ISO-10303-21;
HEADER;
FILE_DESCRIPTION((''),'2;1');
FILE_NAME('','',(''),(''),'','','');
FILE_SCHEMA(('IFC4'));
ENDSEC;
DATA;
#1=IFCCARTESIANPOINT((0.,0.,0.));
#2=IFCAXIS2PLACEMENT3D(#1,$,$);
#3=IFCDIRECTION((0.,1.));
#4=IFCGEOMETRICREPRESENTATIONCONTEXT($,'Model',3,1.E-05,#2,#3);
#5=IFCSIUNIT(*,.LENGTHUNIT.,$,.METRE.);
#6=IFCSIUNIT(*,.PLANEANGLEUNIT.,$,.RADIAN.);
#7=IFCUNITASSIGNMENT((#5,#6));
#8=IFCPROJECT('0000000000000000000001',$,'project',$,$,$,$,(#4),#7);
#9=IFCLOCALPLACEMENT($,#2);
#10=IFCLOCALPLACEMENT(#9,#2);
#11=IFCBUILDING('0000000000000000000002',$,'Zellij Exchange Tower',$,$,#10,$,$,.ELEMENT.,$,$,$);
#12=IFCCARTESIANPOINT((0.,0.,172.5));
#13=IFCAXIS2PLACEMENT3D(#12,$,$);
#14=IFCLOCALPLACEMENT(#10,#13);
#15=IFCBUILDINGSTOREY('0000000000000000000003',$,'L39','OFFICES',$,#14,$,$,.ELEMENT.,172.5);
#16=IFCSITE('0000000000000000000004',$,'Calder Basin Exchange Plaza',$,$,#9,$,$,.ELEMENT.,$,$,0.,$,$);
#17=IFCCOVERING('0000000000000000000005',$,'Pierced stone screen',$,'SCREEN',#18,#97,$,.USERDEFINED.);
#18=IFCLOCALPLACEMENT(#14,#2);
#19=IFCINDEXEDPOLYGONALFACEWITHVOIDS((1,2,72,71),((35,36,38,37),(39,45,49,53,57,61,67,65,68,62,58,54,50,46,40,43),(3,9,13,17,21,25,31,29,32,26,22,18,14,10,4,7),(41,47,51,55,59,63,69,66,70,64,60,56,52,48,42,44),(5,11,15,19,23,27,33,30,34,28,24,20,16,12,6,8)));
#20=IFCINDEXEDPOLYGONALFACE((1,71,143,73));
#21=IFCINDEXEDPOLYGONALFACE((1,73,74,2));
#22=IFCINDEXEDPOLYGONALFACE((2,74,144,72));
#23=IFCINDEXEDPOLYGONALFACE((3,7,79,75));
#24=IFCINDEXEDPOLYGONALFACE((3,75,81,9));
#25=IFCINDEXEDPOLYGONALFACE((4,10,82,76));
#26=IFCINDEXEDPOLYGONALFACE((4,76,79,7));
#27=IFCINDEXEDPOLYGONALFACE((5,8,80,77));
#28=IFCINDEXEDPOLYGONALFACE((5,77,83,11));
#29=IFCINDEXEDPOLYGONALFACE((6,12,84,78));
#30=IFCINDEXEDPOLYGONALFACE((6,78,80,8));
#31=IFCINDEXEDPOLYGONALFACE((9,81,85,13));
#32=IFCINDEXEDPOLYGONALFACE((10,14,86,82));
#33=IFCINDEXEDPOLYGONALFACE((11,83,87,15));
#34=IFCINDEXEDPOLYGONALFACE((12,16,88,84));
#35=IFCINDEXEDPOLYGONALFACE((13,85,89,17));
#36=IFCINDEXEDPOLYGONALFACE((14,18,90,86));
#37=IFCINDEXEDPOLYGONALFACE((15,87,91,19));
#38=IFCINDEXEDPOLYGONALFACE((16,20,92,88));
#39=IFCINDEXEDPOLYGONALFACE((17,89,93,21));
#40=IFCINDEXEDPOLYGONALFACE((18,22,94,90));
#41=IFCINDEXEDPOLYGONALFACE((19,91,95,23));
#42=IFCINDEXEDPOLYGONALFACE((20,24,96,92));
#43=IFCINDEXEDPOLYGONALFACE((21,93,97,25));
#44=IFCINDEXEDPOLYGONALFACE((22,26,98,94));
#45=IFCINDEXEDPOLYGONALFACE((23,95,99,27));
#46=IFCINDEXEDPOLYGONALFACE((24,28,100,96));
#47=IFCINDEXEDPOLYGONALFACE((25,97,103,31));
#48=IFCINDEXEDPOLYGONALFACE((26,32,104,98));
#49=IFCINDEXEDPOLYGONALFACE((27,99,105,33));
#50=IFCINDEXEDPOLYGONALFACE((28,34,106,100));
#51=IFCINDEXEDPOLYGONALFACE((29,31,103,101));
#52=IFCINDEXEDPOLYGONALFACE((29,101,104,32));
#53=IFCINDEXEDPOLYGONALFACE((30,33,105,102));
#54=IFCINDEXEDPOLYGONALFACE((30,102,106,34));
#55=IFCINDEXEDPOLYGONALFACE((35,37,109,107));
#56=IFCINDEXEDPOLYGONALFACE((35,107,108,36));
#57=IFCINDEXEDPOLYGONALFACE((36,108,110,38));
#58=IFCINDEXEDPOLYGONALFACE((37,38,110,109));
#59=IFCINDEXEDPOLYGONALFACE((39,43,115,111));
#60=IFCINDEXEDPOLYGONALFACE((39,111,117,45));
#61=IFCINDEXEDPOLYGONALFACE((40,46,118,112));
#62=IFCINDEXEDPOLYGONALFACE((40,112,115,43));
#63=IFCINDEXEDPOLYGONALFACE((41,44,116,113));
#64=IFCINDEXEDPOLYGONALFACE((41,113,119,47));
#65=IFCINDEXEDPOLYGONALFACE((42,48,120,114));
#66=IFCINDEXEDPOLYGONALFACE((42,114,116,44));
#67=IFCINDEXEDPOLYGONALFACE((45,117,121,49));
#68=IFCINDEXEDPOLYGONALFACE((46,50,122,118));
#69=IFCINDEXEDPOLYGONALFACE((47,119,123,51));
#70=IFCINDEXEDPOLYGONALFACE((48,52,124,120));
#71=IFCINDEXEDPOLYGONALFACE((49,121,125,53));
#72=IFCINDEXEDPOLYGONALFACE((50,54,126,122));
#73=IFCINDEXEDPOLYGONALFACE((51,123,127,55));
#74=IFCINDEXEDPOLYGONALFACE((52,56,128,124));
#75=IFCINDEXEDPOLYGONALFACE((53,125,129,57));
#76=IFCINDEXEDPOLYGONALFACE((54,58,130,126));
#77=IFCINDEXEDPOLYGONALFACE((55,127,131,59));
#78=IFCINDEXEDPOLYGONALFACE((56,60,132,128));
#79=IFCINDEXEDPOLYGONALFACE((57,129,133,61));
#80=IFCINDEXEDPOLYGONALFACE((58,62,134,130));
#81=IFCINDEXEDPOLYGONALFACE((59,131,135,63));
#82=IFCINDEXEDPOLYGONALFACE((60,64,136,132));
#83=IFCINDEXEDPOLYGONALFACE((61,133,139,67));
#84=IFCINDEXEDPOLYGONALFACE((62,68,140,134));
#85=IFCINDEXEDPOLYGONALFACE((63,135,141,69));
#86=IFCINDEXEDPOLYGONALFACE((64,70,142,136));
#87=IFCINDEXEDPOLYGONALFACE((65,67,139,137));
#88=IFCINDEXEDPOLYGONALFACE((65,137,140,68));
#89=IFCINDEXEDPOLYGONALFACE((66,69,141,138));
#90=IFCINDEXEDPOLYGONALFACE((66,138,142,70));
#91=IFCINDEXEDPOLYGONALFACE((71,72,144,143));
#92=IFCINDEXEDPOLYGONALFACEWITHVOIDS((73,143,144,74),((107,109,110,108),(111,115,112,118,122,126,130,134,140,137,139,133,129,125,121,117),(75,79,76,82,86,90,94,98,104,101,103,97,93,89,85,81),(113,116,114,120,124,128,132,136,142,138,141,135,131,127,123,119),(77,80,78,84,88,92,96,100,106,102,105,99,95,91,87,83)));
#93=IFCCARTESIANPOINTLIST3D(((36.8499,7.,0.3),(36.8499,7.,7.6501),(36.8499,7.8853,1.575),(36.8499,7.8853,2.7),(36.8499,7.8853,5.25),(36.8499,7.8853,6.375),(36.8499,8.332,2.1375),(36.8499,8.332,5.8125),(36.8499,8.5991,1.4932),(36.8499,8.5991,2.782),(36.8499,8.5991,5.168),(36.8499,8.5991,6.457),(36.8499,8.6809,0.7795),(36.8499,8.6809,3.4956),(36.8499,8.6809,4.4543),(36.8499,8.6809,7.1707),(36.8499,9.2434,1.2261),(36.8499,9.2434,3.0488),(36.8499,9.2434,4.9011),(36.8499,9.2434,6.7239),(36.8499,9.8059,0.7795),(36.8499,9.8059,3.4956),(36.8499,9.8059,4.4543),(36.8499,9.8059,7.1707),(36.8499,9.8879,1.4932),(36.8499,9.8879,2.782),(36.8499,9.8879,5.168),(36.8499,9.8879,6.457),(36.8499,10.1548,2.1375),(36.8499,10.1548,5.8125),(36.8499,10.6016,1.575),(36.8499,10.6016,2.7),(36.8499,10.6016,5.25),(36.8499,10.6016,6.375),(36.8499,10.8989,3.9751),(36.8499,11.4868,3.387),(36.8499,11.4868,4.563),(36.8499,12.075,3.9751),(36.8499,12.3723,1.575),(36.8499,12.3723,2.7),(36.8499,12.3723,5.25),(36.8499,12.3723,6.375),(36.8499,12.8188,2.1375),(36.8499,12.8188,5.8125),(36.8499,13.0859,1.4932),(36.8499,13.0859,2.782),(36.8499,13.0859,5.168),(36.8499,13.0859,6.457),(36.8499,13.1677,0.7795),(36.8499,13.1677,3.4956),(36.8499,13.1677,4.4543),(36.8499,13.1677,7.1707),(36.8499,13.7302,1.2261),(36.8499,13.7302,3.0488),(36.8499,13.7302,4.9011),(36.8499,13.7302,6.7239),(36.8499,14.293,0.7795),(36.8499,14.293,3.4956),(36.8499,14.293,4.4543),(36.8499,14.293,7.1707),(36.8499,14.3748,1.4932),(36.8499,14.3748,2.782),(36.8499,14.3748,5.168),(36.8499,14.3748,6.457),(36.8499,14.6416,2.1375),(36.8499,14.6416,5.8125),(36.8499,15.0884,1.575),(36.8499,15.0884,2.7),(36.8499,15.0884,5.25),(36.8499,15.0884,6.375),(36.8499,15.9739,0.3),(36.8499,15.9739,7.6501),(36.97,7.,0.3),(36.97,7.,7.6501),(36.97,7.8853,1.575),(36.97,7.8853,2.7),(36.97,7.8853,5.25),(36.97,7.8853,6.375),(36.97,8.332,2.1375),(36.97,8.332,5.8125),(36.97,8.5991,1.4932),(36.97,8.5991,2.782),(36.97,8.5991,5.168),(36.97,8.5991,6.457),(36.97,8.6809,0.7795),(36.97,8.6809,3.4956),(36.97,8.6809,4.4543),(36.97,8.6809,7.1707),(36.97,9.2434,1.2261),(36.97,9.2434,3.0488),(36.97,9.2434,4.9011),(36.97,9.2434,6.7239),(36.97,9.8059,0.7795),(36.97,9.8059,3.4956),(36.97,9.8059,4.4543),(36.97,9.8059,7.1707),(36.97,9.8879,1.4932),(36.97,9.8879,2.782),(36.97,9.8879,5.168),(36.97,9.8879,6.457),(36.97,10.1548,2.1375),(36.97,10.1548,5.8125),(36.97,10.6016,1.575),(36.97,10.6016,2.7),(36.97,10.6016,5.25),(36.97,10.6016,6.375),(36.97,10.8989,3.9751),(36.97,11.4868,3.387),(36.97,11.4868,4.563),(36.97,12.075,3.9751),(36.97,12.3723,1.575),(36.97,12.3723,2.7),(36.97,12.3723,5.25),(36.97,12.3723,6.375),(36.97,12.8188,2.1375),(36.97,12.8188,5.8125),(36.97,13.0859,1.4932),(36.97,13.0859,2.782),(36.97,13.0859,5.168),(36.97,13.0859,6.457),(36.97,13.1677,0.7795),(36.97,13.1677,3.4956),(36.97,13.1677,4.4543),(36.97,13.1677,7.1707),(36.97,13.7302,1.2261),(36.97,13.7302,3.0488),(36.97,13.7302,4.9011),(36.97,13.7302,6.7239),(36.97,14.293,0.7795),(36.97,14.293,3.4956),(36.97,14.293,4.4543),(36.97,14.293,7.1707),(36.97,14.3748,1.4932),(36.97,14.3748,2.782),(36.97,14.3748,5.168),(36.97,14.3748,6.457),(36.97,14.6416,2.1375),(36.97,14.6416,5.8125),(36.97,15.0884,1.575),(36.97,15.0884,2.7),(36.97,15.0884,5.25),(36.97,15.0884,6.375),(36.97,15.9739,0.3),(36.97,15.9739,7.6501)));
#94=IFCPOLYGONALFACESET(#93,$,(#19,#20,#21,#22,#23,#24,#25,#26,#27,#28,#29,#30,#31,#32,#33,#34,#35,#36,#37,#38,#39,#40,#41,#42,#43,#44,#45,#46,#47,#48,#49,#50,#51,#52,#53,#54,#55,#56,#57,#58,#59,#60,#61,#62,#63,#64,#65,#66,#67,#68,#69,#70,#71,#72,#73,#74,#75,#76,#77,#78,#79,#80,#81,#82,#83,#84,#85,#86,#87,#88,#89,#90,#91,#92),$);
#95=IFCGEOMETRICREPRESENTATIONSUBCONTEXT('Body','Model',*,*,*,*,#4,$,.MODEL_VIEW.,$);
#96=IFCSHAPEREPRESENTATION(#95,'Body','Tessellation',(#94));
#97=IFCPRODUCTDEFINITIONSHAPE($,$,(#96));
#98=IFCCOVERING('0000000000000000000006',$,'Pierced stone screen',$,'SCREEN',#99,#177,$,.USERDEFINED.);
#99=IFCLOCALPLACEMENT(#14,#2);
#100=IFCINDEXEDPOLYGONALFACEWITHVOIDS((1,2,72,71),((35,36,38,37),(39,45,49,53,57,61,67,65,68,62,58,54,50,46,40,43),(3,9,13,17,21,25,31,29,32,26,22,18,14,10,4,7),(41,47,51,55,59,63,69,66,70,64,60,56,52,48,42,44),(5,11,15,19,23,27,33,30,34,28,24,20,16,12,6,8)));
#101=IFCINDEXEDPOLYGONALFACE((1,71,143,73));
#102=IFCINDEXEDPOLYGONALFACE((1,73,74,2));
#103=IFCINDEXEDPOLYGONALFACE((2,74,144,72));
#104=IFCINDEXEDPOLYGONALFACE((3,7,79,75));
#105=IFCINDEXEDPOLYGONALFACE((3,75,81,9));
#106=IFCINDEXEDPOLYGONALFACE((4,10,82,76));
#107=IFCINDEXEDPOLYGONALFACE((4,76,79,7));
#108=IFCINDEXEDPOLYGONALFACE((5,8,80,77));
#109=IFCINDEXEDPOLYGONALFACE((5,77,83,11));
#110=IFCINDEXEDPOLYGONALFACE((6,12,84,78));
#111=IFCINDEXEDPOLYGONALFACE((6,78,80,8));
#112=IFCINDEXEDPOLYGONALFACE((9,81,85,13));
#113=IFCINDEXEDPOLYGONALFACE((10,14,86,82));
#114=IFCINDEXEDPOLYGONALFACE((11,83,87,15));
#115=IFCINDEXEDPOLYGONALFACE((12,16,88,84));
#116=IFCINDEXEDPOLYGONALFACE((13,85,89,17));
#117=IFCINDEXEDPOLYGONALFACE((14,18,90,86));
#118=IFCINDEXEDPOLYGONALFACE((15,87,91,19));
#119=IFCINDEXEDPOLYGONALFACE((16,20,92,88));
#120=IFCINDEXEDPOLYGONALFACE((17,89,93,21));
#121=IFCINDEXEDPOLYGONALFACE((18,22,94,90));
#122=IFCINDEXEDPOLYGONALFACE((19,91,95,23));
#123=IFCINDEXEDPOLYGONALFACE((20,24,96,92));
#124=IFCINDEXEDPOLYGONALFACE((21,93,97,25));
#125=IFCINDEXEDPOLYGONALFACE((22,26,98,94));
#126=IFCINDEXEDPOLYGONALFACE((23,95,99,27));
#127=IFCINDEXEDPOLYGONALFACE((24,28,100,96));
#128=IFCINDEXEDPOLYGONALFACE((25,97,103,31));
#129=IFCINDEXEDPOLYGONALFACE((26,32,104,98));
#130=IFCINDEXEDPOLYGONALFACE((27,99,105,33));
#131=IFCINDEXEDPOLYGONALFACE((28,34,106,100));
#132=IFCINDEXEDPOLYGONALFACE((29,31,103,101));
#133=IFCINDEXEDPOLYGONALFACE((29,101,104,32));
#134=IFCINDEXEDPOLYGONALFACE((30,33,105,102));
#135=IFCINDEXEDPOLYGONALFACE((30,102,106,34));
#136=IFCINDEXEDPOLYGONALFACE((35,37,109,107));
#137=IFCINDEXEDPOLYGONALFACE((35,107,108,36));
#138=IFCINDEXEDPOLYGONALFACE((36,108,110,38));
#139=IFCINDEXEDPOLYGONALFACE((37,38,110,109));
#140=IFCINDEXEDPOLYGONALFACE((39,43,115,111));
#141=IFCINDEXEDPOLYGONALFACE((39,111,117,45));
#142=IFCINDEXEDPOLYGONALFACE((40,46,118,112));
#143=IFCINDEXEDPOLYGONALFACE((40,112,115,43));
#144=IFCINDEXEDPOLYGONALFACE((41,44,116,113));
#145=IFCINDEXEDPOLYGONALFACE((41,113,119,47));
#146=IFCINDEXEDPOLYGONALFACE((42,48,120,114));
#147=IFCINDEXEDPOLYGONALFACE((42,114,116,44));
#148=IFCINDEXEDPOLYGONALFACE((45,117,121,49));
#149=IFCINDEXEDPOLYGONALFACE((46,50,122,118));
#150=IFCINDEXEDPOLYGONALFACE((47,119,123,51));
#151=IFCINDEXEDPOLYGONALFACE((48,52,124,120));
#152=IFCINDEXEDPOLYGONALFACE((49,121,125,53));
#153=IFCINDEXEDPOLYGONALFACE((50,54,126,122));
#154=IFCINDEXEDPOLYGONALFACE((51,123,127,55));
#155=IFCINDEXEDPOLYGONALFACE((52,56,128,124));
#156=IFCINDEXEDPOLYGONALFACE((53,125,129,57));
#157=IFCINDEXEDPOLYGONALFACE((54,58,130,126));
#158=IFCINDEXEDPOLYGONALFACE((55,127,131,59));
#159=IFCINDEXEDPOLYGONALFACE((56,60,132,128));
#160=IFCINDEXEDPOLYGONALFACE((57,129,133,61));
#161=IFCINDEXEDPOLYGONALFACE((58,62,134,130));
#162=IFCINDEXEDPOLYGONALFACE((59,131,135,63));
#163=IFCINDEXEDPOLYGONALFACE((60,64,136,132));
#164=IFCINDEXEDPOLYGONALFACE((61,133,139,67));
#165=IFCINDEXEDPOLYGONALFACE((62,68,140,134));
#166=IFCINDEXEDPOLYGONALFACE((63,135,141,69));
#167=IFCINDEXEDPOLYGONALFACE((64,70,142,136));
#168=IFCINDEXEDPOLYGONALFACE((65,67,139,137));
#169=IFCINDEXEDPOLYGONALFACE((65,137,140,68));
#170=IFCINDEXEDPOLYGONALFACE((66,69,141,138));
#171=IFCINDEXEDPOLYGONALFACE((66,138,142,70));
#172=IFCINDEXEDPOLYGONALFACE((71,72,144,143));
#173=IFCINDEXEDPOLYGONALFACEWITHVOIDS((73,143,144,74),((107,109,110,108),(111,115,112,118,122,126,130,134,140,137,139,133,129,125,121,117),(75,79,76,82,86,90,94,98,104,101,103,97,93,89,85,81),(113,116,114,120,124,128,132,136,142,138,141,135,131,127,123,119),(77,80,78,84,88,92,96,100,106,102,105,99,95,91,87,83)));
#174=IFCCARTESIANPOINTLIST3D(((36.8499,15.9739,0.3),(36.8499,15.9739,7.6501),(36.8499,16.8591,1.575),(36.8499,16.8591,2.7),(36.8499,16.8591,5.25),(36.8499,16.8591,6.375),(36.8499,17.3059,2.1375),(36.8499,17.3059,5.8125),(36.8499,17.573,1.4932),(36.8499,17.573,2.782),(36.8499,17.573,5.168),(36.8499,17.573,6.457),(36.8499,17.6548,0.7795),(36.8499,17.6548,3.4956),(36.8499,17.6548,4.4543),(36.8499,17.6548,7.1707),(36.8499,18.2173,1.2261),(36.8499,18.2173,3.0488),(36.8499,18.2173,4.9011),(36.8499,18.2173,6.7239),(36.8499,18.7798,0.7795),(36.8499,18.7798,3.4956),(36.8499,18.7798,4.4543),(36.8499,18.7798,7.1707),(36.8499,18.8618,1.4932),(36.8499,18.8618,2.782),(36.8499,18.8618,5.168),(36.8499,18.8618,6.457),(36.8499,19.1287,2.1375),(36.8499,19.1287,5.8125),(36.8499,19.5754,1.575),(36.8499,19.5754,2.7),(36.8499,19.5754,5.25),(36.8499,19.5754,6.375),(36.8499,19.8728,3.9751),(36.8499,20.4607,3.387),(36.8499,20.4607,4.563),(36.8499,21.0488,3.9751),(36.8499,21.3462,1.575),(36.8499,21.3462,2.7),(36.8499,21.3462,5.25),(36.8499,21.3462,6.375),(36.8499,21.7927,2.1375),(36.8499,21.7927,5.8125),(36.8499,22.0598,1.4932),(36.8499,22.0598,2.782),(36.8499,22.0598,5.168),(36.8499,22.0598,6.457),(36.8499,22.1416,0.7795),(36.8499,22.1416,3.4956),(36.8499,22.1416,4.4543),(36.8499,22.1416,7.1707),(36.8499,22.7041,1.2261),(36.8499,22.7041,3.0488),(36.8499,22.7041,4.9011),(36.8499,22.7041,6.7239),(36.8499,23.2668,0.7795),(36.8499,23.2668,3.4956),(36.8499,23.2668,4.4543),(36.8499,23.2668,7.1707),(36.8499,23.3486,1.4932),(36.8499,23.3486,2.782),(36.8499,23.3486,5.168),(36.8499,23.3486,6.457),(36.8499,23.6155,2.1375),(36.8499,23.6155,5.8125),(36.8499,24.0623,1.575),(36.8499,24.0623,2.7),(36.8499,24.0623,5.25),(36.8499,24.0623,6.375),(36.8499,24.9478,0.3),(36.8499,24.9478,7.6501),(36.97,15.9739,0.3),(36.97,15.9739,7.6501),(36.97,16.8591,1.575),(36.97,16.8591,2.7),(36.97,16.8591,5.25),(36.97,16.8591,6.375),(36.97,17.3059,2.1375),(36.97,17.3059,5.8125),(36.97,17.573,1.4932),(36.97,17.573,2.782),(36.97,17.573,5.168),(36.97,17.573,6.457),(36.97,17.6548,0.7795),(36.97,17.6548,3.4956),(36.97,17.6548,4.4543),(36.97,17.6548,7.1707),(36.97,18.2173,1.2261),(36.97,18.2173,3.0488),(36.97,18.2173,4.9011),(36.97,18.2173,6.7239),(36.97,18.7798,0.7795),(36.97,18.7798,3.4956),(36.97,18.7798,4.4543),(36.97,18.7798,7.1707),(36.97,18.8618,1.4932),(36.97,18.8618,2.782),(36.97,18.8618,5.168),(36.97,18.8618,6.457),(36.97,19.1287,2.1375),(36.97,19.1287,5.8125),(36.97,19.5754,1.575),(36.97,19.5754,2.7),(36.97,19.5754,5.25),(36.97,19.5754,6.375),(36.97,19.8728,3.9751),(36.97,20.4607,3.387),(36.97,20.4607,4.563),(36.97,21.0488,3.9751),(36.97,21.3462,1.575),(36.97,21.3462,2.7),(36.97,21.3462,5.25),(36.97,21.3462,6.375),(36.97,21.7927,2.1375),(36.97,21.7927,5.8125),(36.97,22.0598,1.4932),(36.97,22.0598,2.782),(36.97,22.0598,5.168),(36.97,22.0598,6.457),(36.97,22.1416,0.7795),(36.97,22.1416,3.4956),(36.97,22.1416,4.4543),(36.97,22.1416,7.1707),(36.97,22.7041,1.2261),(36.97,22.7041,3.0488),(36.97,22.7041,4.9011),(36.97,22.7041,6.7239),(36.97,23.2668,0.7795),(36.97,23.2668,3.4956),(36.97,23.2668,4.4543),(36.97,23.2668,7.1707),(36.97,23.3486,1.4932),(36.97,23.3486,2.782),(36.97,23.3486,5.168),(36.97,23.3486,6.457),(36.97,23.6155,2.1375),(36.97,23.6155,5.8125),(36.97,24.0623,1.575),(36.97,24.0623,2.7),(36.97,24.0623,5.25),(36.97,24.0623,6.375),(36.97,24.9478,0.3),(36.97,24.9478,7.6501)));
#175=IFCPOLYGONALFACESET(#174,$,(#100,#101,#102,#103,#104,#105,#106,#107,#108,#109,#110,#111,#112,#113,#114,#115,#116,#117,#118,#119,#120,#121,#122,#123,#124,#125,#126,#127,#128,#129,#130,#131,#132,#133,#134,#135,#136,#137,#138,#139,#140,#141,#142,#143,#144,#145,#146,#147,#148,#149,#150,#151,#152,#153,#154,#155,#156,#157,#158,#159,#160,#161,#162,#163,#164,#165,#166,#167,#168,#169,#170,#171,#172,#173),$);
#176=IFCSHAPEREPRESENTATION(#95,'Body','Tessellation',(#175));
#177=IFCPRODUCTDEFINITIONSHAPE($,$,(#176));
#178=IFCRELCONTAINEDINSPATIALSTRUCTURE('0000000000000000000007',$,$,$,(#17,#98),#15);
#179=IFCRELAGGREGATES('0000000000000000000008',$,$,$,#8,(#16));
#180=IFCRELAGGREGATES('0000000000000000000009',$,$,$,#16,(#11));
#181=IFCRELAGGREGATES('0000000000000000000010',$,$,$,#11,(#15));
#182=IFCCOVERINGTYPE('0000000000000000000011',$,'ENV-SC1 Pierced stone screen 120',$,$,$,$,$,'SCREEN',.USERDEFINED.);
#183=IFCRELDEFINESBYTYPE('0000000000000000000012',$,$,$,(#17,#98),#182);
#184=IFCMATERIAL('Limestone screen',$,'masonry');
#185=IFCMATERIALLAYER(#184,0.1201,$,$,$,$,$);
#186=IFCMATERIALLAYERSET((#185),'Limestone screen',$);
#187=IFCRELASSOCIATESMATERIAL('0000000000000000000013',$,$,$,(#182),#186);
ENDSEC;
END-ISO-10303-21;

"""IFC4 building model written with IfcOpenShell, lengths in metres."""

from ifc_helpers import new_model, si_unit, direction, frame, origin, place, context, subcontext, project, spatial, polyline, outline, extrude, material, layer, layer_set, type_object, element, save


model = new_model("IFC4")

# Units and contexts
model_context = context("Model", 3, precision=1e-05, world=origin(), true_north=direction((0.0, 1.0)))
body_context = subcontext(model_context, "Body", "Model", "MODEL_VIEW")
ifc_project = project(units=[si_unit("LENGTHUNIT", "METRE"), si_unit("PLANEANGLEUNIT", "RADIAN")], contexts=[model_context])

# Site, building, storey
site_placement = place(None, origin())
site = spatial("IfcSite", under=ifc_project, at=site_placement, Name="Calder Basin Exchange Plaza", CompositionType="ELEMENT", RefElevation=0.0)
building_placement = place(site_placement, origin())
building = spatial("IfcBuilding", under=site, at=building_placement, Name="Zellij Exchange Tower", CompositionType="ELEMENT")
storey_placement = place(building_placement, frame((0.0, 0.0, 172.5)))
storey = spatial("IfcBuildingStorey", under=building, at=storey_placement, Name="L39", Description="OFFICES", CompositionType="ELEMENT", Elevation=172.5)

# Coverings
ifc_material_1 = material(Name="Limestone screen", Category="masonry")
ifc_layer_1 = layer(ifc_material_1, 0.1201)
ifc_layer_set_1 = layer_set([ifc_layer_1], Name="Limestone screen")
covering_type = type_object("IfcCoveringType", Name="ENV-SC1 Pierced stone screen 120", ElementType="SCREEN", PredefinedType="USERDEFINED", material=ifc_layer_set_1)
covering_1_placement = place(storey_placement, frame((36.9099, 7.0, 0.3), z_axis=(0.0, 0.0, 1.0), x_axis=(0.0, 1.0, 0.0)))
element("IfcCovering", 1, at=covering_1_placement, inside=storey, type_object=covering_type, Name="Pierced stone screen", ObjectType="SCREEN", PredefinedType="USERDEFINED", context=body_context, shape_type="SweptSolid", body=[
    extrude(outline(polyline([(0.0, 0.0), (8.9739, 0.0), (8.9739, 7.3501), (0.0, 7.3501), (0.0, 0.0)]), holes=[polyline([(3.6016, 2.3999), (2.8879, 2.4819), (2.8059, 3.1956), (2.2434, 2.7488), (1.6809, 3.1956), (1.5991, 2.4819), (0.8853, 2.3999), (1.332, 1.8374), (0.8853, 1.2749), (1.5991, 1.1931), (1.6809, 0.4795), (2.2434, 0.926), (2.8059, 0.4795), (2.8879, 1.1931), (3.6016, 1.2749), (3.1548, 1.8374), (3.6016, 2.3999)]), polyline([(3.6016, 6.075), (2.8879, 6.157), (2.8059, 6.8706), (2.2434, 6.4238), (1.6809, 6.8706), (1.5991, 6.157), (0.8853, 6.075), (1.332, 5.5125), (0.8853, 4.95), (1.5991, 4.8679), (1.6809, 4.1543), (2.2434, 4.6011), (2.8059, 4.1543), (2.8879, 4.8679), (3.6016, 4.95), (3.1548, 5.5125), (3.6016, 6.075)]), polyline([(8.0884, 2.3999), (7.3748, 2.4819), (7.293, 3.1956), (6.7302, 2.7488), (6.1677, 3.1956), (6.0859, 2.4819), (5.3723, 2.3999), (5.8188, 1.8374), (5.3723, 1.2749), (6.0859, 1.1931), (6.1677, 0.4795), (6.7302, 0.926), (7.293, 0.4795), (7.3748, 1.1931), (8.0884, 1.2749), (7.6416, 1.8374), (8.0884, 2.3999)]), polyline([(8.0884, 6.075), (7.3748, 6.157), (7.293, 6.8706), (6.7302, 6.4238), (6.1677, 6.8706), (6.0859, 6.157), (5.3723, 6.075), (5.8188, 5.5125), (5.3723, 4.95), (6.0859, 4.8679), (6.1677, 4.1543), (6.7302, 4.6011), (7.293, 4.1543), (7.3748, 4.8679), (8.0884, 4.95), (7.6416, 5.5125), (8.0884, 6.075)]), polyline([(5.075, 3.675), (4.4868, 4.2629), (3.8989, 3.675), (4.4868, 3.0869), (5.075, 3.675)])]), frame((0.0, 0.0601, 0.0), z_axis=(0.0, -1.0, 0.0), x_axis=(1.0, 0.0, 0.0)), (0.0, 0.0, 1.0), 0.1201),
])
covering_2_placement = place(storey_placement, frame((36.9099, 15.9739, 0.3), z_axis=(0.0, 0.0, 1.0), x_axis=(0.0, 1.0, 0.0)))
element("IfcCovering", 2, at=covering_2_placement, inside=storey, type_object=covering_type, Name="Pierced stone screen", ObjectType="SCREEN", PredefinedType="USERDEFINED", context=body_context, shape_type="SweptSolid", body=[
    extrude(outline(polyline([(0.0, 0.0), (8.9739, 0.0), (8.9739, 7.3501), (0.0, 7.3501), (0.0, 0.0)]), holes=[polyline([(3.6016, 2.3999), (2.8879, 2.4819), (2.8059, 3.1956), (2.2434, 2.7488), (1.6809, 3.1956), (1.5991, 2.4819), (0.8853, 2.3999), (1.332, 1.8374), (0.8853, 1.2749), (1.5991, 1.1931), (1.6809, 0.4795), (2.2434, 0.926), (2.8059, 0.4795), (2.8879, 1.1931), (3.6016, 1.2749), (3.1548, 1.8374), (3.6016, 2.3999)]), polyline([(3.6016, 6.075), (2.8879, 6.157), (2.8059, 6.8706), (2.2434, 6.4238), (1.6809, 6.8706), (1.5991, 6.157), (0.8853, 6.075), (1.332, 5.5125), (0.8853, 4.95), (1.5991, 4.8679), (1.6809, 4.1543), (2.2434, 4.6011), (2.8059, 4.1543), (2.8879, 4.8679), (3.6016, 4.95), (3.1548, 5.5125), (3.6016, 6.075)]), polyline([(8.0884, 2.3999), (7.3748, 2.4819), (7.293, 3.1956), (6.7302, 2.7488), (6.1677, 3.1956), (6.0859, 2.4819), (5.3723, 2.3999), (5.8188, 1.8374), (5.3723, 1.2749), (6.0859, 1.1931), (6.1677, 0.4795), (6.7302, 0.926), (7.293, 0.4795), (7.3748, 1.1931), (8.0884, 1.2749), (7.6416, 1.8374), (8.0884, 2.3999)]), polyline([(8.0884, 6.075), (7.3748, 6.157), (7.293, 6.8706), (6.7302, 6.4238), (6.1677, 6.8706), (6.0859, 6.157), (5.3723, 6.075), (5.8188, 5.5125), (5.3723, 4.95), (6.0859, 4.8679), (6.1677, 4.1543), (6.7302, 4.6011), (7.293, 4.1543), (7.3748, 4.8679), (8.0884, 4.95), (7.6416, 5.5125), (8.0884, 6.075)]), polyline([(5.075, 3.675), (4.4868, 4.2629), (3.8989, 3.675), (4.4868, 3.0869), (5.075, 3.675)])]), frame((0.0, 0.0601, 0.0), z_axis=(0.0, -1.0, 0.0), x_axis=(1.0, 0.0, 0.0)), (0.0, 0.0, 1.0), 0.1201),
])

save(model, "model.ifc")
